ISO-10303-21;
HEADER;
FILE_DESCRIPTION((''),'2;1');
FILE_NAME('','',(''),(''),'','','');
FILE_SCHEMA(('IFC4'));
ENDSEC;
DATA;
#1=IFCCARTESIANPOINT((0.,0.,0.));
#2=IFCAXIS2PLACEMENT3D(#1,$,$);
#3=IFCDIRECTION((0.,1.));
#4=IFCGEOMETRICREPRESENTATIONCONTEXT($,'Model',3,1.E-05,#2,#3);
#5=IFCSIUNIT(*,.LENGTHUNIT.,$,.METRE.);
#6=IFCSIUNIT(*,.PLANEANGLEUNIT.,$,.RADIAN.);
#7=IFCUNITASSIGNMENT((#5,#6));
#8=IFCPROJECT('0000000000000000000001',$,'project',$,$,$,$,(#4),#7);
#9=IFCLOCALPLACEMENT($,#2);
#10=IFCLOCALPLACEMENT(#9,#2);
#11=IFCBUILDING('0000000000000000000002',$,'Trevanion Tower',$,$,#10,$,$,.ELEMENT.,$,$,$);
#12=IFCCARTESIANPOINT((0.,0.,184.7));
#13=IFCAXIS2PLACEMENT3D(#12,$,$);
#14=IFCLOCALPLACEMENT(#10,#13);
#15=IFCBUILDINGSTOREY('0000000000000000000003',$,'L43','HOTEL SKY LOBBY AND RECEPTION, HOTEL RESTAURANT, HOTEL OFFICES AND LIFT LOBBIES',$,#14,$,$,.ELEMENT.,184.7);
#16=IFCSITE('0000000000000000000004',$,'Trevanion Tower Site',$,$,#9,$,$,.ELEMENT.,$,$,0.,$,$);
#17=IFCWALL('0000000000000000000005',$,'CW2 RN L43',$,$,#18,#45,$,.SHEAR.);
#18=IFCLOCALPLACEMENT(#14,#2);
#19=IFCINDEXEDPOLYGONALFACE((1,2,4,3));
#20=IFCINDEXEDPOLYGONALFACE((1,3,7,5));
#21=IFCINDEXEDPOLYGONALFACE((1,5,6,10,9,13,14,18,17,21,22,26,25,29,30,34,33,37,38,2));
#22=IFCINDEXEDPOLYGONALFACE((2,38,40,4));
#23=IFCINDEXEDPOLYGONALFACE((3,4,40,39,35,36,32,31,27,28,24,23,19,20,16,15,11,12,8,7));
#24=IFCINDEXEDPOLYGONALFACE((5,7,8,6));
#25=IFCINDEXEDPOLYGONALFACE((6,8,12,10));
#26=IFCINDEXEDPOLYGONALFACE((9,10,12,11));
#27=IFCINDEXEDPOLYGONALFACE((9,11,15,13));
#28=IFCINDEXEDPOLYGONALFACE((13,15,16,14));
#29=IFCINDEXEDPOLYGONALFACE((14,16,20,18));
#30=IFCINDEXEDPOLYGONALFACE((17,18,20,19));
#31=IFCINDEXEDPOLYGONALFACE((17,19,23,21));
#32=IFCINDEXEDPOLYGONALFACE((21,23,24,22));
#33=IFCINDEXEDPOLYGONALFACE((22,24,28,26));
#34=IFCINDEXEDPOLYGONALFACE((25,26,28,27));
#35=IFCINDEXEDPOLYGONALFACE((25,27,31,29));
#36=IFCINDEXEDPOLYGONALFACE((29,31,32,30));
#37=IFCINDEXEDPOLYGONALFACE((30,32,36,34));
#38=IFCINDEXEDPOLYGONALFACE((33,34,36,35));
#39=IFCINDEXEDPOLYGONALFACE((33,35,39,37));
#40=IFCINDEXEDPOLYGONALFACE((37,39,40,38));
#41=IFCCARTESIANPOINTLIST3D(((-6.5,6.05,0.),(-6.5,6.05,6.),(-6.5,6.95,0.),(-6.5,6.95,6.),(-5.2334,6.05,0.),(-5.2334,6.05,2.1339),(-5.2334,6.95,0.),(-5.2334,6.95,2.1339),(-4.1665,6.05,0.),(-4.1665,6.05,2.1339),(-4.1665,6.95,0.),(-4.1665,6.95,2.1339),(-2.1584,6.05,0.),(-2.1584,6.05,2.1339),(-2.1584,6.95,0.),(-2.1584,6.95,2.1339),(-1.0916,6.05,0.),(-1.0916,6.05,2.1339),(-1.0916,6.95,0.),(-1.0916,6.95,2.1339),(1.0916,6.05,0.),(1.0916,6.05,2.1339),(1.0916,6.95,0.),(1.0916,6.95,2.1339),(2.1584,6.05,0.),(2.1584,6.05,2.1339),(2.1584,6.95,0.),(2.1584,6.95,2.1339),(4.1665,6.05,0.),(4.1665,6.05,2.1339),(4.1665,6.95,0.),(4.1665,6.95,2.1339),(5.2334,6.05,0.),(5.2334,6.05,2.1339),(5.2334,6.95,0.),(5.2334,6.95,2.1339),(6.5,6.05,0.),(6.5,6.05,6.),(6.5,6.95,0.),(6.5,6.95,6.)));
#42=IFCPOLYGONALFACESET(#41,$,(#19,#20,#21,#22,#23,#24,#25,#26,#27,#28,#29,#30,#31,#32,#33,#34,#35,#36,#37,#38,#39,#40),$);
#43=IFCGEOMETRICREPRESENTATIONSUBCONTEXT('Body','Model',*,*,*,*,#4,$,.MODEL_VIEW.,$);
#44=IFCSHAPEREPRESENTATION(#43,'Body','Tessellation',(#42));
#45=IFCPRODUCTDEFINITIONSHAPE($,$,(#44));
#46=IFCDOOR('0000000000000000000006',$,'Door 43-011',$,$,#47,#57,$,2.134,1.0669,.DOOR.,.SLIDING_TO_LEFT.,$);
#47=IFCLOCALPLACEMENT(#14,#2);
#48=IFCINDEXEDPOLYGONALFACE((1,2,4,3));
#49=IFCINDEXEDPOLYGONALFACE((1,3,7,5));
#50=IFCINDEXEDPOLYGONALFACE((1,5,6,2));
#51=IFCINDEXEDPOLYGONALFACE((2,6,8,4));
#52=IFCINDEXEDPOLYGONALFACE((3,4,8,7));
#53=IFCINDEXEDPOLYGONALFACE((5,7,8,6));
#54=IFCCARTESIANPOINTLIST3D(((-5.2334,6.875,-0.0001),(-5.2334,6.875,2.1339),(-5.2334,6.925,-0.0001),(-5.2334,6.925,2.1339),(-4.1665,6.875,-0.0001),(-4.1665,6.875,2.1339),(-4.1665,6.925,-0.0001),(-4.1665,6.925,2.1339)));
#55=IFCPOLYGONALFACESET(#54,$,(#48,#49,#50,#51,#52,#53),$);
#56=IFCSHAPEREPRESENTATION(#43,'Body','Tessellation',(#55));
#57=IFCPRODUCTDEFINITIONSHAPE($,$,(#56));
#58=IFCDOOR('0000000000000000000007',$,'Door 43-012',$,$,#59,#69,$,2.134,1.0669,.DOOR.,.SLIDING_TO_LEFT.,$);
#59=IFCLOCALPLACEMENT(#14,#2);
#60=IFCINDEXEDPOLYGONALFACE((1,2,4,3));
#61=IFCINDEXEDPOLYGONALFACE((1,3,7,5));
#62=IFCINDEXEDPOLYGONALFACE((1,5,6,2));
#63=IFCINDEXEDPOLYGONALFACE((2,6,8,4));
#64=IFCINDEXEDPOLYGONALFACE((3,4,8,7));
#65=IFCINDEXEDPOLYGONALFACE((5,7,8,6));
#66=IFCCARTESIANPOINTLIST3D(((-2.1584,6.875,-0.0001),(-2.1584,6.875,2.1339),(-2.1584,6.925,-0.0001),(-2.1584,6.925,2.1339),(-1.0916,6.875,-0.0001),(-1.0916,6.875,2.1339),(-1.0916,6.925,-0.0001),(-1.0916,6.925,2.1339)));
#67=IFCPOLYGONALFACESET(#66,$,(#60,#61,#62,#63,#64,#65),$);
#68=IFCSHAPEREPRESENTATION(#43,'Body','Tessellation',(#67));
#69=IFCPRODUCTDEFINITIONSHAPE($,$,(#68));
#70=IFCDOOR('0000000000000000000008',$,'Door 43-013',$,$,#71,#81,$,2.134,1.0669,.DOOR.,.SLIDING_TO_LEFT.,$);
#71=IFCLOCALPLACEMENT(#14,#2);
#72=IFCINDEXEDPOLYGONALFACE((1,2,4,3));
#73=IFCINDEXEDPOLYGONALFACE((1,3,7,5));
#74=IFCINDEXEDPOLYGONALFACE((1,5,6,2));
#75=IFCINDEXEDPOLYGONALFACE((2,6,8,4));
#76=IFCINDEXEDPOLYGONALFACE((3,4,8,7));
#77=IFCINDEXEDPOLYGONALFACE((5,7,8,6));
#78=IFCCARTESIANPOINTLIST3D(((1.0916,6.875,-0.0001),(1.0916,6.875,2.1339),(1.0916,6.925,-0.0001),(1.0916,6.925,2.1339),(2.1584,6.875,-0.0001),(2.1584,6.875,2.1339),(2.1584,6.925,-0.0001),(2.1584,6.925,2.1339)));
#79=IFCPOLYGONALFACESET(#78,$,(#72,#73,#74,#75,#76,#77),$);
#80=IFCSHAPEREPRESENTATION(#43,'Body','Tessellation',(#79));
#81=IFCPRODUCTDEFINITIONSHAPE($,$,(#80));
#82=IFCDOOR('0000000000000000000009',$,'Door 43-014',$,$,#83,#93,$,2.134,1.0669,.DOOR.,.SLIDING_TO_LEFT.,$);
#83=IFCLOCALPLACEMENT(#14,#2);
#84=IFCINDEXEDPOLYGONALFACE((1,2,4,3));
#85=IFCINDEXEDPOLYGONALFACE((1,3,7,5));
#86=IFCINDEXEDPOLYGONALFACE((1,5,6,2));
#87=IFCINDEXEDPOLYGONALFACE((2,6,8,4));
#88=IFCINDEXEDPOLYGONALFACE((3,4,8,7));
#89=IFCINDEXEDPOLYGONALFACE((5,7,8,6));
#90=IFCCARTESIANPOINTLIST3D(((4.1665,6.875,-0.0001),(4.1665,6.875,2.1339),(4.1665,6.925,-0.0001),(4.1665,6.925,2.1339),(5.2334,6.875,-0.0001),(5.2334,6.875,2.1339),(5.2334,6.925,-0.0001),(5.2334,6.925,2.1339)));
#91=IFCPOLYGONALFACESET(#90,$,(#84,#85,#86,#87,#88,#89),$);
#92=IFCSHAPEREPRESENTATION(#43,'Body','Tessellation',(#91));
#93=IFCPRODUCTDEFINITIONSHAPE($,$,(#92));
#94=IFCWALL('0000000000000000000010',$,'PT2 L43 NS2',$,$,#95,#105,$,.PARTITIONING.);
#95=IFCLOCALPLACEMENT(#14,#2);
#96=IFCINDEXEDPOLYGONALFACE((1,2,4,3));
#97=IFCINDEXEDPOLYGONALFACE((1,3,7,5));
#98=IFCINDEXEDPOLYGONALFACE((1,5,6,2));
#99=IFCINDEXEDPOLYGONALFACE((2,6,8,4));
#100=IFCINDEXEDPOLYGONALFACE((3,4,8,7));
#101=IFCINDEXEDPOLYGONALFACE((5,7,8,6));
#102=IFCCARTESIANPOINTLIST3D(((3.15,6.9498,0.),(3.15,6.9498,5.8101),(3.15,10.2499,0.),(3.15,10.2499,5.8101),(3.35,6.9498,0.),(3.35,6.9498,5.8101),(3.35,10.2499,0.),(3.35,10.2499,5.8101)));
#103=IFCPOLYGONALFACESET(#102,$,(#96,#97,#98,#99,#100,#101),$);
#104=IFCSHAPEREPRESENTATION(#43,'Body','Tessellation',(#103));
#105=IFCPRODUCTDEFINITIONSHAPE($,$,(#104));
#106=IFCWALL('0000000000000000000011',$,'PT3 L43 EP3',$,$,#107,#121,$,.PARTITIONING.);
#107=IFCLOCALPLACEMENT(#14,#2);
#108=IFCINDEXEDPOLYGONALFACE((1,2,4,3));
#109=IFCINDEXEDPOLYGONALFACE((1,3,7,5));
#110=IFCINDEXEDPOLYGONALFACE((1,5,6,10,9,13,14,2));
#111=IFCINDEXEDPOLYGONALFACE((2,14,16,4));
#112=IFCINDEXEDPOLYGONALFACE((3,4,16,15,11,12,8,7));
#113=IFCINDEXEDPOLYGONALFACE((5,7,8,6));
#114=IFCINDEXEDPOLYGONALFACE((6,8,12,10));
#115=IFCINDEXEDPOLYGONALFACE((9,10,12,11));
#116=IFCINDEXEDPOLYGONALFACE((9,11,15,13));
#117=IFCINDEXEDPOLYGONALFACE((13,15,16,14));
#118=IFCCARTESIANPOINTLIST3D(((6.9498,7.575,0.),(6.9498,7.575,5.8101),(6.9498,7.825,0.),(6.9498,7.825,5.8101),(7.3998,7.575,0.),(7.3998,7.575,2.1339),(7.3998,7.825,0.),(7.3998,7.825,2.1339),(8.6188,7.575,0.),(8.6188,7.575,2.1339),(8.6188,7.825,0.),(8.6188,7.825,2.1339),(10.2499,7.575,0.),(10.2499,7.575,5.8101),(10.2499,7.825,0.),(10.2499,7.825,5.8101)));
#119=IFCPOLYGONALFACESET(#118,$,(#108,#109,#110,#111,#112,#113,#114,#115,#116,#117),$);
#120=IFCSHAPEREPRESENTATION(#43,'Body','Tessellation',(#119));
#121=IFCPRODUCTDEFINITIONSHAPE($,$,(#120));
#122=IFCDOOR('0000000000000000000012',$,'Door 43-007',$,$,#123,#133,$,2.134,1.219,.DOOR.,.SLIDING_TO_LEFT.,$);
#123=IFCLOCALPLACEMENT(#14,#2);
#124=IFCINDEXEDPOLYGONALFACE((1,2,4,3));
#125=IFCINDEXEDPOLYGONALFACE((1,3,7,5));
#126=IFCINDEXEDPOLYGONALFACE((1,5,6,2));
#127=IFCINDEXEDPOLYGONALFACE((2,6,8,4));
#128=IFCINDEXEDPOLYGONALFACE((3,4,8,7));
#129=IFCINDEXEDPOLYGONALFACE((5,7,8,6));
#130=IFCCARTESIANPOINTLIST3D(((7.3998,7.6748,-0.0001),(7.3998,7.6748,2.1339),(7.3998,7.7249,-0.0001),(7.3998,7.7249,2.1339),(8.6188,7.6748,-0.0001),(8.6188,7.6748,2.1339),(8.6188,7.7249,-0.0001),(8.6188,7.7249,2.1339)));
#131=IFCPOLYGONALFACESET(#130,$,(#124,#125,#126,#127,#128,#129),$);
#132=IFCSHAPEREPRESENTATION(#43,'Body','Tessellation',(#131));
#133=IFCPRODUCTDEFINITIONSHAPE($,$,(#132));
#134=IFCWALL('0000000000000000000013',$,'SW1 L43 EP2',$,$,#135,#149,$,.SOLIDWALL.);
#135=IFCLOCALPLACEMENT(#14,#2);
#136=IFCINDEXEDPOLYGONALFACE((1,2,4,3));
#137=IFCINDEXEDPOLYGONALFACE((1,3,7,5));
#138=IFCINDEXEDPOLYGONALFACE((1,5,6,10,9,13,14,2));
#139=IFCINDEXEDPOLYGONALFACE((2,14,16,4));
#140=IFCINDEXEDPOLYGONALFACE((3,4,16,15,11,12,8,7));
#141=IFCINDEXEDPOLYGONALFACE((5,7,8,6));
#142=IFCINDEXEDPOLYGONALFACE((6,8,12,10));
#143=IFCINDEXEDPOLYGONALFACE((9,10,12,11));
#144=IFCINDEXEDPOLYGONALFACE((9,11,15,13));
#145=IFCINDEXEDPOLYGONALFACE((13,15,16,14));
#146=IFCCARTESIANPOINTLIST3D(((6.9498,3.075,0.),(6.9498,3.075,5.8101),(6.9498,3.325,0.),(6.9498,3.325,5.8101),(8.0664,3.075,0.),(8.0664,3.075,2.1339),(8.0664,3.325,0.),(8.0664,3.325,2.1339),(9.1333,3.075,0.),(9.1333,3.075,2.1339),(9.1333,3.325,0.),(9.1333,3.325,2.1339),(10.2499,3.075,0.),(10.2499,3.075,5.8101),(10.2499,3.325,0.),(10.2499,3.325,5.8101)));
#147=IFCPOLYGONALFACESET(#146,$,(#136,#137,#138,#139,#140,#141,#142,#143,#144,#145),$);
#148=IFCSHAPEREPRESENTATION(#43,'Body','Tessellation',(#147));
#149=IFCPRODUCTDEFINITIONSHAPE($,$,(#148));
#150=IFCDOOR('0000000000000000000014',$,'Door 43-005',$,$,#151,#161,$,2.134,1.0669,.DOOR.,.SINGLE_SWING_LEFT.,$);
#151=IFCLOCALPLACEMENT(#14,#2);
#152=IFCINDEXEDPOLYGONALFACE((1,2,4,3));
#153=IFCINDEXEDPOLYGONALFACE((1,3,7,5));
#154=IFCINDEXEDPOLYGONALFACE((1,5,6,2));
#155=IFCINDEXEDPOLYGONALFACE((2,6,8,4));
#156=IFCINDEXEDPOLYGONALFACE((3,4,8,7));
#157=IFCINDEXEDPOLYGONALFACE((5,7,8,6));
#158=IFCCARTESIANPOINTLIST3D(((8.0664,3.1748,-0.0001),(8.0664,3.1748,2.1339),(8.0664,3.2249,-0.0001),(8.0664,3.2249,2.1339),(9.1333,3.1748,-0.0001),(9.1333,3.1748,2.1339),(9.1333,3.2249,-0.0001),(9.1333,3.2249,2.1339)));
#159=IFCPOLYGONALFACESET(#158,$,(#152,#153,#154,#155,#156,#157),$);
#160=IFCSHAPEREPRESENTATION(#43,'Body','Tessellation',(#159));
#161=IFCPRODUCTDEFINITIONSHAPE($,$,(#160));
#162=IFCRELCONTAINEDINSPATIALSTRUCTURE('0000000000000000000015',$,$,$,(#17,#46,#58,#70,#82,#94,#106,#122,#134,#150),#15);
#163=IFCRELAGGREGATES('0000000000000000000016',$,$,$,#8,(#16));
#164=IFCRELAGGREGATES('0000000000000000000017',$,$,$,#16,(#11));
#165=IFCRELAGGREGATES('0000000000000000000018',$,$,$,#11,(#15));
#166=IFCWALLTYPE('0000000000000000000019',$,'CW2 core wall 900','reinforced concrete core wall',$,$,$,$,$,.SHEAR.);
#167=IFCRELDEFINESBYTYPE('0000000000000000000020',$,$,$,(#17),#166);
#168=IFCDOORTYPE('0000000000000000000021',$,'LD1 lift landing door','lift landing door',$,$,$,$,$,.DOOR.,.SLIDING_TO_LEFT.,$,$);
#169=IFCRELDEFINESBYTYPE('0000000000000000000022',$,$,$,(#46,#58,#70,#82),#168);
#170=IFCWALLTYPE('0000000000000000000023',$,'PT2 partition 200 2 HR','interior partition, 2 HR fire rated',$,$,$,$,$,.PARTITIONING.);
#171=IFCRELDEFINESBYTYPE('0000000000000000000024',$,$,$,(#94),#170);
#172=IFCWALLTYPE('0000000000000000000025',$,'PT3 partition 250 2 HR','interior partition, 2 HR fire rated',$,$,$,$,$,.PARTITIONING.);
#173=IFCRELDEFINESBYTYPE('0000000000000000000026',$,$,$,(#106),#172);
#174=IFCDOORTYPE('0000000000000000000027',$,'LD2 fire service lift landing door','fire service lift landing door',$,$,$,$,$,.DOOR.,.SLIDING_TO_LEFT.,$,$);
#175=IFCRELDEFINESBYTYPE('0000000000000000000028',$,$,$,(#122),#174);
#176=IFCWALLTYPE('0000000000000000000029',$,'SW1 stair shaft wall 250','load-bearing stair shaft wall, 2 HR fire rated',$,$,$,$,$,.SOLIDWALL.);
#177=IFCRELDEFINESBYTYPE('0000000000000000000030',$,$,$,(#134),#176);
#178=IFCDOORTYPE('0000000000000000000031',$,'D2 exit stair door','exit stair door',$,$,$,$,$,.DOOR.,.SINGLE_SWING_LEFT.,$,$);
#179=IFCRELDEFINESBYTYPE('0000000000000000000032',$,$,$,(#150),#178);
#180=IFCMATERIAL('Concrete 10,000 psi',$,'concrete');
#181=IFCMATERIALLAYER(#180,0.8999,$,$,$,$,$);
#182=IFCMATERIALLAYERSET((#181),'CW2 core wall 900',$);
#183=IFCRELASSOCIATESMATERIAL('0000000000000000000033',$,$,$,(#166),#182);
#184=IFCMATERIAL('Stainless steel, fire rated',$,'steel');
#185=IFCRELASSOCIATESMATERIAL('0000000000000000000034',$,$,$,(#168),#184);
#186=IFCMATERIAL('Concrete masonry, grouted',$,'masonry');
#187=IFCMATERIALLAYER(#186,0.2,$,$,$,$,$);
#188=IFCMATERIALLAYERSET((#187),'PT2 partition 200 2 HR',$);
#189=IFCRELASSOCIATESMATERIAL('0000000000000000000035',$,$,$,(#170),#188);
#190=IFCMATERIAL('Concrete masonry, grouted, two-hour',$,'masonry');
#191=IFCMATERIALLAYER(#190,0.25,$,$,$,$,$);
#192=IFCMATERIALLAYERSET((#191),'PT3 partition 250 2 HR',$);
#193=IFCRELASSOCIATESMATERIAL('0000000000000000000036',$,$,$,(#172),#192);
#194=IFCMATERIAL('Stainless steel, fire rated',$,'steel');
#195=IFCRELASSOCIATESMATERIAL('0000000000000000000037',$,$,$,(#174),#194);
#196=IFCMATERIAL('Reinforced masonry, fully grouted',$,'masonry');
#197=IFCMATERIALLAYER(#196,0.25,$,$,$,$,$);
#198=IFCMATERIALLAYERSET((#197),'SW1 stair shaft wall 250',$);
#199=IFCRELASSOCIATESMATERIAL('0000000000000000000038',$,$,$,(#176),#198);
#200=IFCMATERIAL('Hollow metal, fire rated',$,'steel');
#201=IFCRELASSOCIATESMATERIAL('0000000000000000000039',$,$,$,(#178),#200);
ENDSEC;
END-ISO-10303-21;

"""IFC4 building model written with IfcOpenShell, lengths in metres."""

from ifc_helpers import new_model, si_unit, direction, frame, frame_2d, origin, place, context, subcontext, project, spatial, rectangle, extrude, material, layer, layer_set, type_object, element, fill, save


model = new_model("IFC4")

# Units and contexts
model_context = context("Model", 3, precision=1e-05, world=origin(), true_north=direction((0.0, 1.0)))
body_context = subcontext(model_context, "Body", "Model", "MODEL_VIEW")
ifc_project = project(units=[si_unit("LENGTHUNIT", "METRE"), si_unit("PLANEANGLEUNIT", "RADIAN")], contexts=[model_context])

# Site, building, storey
site_placement = place(None, origin())
site = spatial("IfcSite", under=ifc_project, at=site_placement, Name="Trevanion Tower Site", CompositionType="ELEMENT", RefElevation=0.0)
building_placement = place(site_placement, origin())
building = spatial("IfcBuilding", under=site, at=building_placement, Name="Trevanion Tower", CompositionType="ELEMENT")
storey_placement = place(building_placement, frame((0.0, 0.0, 184.7)))
storey = spatial("IfcBuildingStorey", under=building, at=storey_placement, Name="L43", Description="HOTEL SKY LOBBY AND RECEPTION, HOTEL RESTAURANT, HOTEL OFFICES AND LIFT LOBBIES", CompositionType="ELEMENT", Elevation=184.7)

# Shared definitions
ifc_material_1 = material(Name="Concrete 10,000 psi", Category="concrete")
ifc_layer_1 = layer(ifc_material_1, 0.8999)
ifc_layer_set_1 = layer_set([ifc_layer_1], Name="CW2 core wall 900")
wall_type_1 = type_object("IfcWallType", Name="CW2 core wall 900", Description="reinforced concrete core wall", PredefinedType="SHEAR", material=ifc_layer_set_1)

# Wall, openings, doors
wall_1_placement = place(storey_placement, frame((6.5, 6.5, 0.0), z_axis=(0.0, 0.0, 1.0), x_axis=(-1.0, 0.0, 0.0)))
wall_1 = element("IfcWall", 1, at=wall_1_placement, inside=storey, type_object=wall_type_1, Name="CW2 RN L43", PredefinedType="SHEAR", context=body_context, shape_type="SweptSolid", body=[
    extrude(rectangle(XDim=13.0, YDim=0.8999, at=frame_2d((6.5, 0.0))), origin(), (0.0, 0.0, 1.0), 6.0),
])
opening_1_placement = place(wall_1_placement, frame((10.6665, 0.0, 0.0)))
opening_1 = element("IfcOpeningElement", 2, at=opening_1_placement, cuts=wall_1, PredefinedType="OPENING", context=body_context, shape_type="SweptSolid", body=[
    extrude(rectangle(XDim=1.0669, YDim=2.134, at=frame_2d((0.5334, 1.0669))), frame((0.0, 0.46, 0.0), z_axis=(0.0, -1.0, 0.0), x_axis=(1.0, 0.0, 0.0)), (0.0, 0.0, 1.0), 0.9199),
])
opening_2_placement = place(wall_1_placement, frame((7.5916, 0.0, 0.0)))
opening_2 = element("IfcOpeningElement", 3, at=opening_2_placement, cuts=wall_1, PredefinedType="OPENING", context=body_context, shape_type="SweptSolid", body=[
    extrude(rectangle(XDim=1.0669, YDim=2.134, at=frame_2d((0.5334, 1.0669))), frame((0.0, 0.46, 0.0), z_axis=(0.0, -1.0, 0.0), x_axis=(1.0, 0.0, 0.0)), (0.0, 0.0, 1.0), 0.9199),
])
opening_3_placement = place(wall_1_placement, frame((4.3416, 0.0, 0.0)))
opening_3 = element("IfcOpeningElement", 4, at=opening_3_placement, cuts=wall_1, PredefinedType="OPENING", context=body_context, shape_type="SweptSolid", body=[
    extrude(rectangle(XDim=1.0669, YDim=2.134, at=frame_2d((0.5334, 1.0669))), frame((0.0, 0.46, 0.0), z_axis=(0.0, -1.0, 0.0), x_axis=(1.0, 0.0, 0.0)), (0.0, 0.0, 1.0), 0.9199),
])
opening_4_placement = place(wall_1_placement, frame((1.2666, 0.0, 0.0)))
opening_4 = element("IfcOpeningElement", 5, at=opening_4_placement, cuts=wall_1, PredefinedType="OPENING", context=body_context, shape_type="SweptSolid", body=[
    extrude(rectangle(XDim=1.0669, YDim=2.134, at=frame_2d((0.5334, 1.0669))), frame((0.0, 0.46, 0.0), z_axis=(0.0, -1.0, 0.0), x_axis=(1.0, 0.0, 0.0)), (0.0, 0.0, 1.0), 0.9199),
])
ifc_material_2 = material(Name="Stainless steel, fire rated", Category="steel")
door_type_1 = type_object("IfcDoorType", Name="LD1 lift landing door", Description="lift landing door", OperationType="SLIDING_TO_LEFT", PredefinedType="DOOR", material=ifc_material_2)
door_1_placement = place(opening_1_placement, origin())
door_1 = element("IfcDoor", 6, at=door_1_placement, inside=storey, type_object=door_type_1, Name="Door 43-011", OperationType="SLIDING_TO_LEFT", OverallHeight=2.134, OverallWidth=1.0669, PredefinedType="DOOR", context=body_context, shape_type="SweptSolid", body=[
    extrude(rectangle(XDim=1.0669, YDim=2.134, at=frame_2d((0.5334, 1.0669))), frame((0.0, -0.375, 0.0), z_axis=(0.0, -1.0, 0.0), x_axis=(1.0, 0.0, 0.0)), (0.0, 0.0, 1.0), 0.05),
])
fill(opening_1, door_1)
door_2_placement = place(opening_2_placement, origin())
door_2 = element("IfcDoor", 7, at=door_2_placement, inside=storey, type_object=door_type_1, Name="Door 43-012", OperationType="SLIDING_TO_LEFT", OverallHeight=2.134, OverallWidth=1.0669, PredefinedType="DOOR", context=body_context, shape_type="SweptSolid", body=[
    extrude(rectangle(XDim=1.0669, YDim=2.134, at=frame_2d((0.5334, 1.0669))), frame((0.0, -0.375, 0.0), z_axis=(0.0, -1.0, 0.0), x_axis=(1.0, 0.0, 0.0)), (0.0, 0.0, 1.0), 0.05),
])
fill(opening_2, door_2)
door_3_placement = place(opening_3_placement, origin())
door_3 = element("IfcDoor", 8, at=door_3_placement, inside=storey, type_object=door_type_1, Name="Door 43-013", OperationType="SLIDING_TO_LEFT", OverallHeight=2.134, OverallWidth=1.0669, PredefinedType="DOOR", context=body_context, shape_type="SweptSolid", body=[
    extrude(rectangle(XDim=1.0669, YDim=2.134, at=frame_2d((0.5334, 1.0669))), frame((0.0, -0.375, 0.0), z_axis=(0.0, -1.0, 0.0), x_axis=(1.0, 0.0, 0.0)), (0.0, 0.0, 1.0), 0.05),
])
fill(opening_3, door_3)
door_4_placement = place(opening_4_placement, origin())
door_4 = element("IfcDoor", 9, at=door_4_placement, inside=storey, type_object=door_type_1, Name="Door 43-014", OperationType="SLIDING_TO_LEFT", OverallHeight=2.134, OverallWidth=1.0669, PredefinedType="DOOR", context=body_context, shape_type="SweptSolid", body=[
    extrude(rectangle(XDim=1.0669, YDim=2.134, at=frame_2d((0.5334, 1.0669))), frame((0.0, -0.375, 0.0), z_axis=(0.0, -1.0, 0.0), x_axis=(1.0, 0.0, 0.0)), (0.0, 0.0, 1.0), 0.05),
])
fill(opening_4, door_4)

# Wall
ifc_material_3 = material(Name="Concrete masonry, grouted", Category="masonry")
ifc_layer_2 = layer(ifc_material_3, 0.2)
ifc_layer_set_2 = layer_set([ifc_layer_2], Name="PT2 partition 200 2 HR")
wall_type_2 = type_object("IfcWallType", Name="PT2 partition 200 2 HR", Description="interior partition, 2 HR fire rated", PredefinedType="PARTITIONING", material=ifc_layer_set_2)
wall_2_placement = place(storey_placement, frame((3.25, 6.95, 0.0), z_axis=(0.0, 0.0, 1.0), x_axis=(0.0, 1.0, 0.0)))
element("IfcWall", 10, at=wall_2_placement, inside=storey, type_object=wall_type_2, Name="PT2 L43 NS2", PredefinedType="PARTITIONING", context=body_context, shape_type="SweptSolid", body=[
    extrude(rectangle(XDim=3.3, YDim=0.2, at=frame_2d((1.6499, 0.0))), origin(), (0.0, 0.0, 1.0), 5.8101),
])

# Walls, openings, doors
ifc_material_4 = material(Name="Concrete masonry, grouted, two-hour", Category="masonry")
ifc_layer_3 = layer(ifc_material_4, 0.25)
ifc_layer_set_3 = layer_set([ifc_layer_3], Name="PT3 partition 250 2 HR")
wall_type_3 = type_object("IfcWallType", Name="PT3 partition 250 2 HR", Description="interior partition, 2 HR fire rated", PredefinedType="PARTITIONING", material=ifc_layer_set_3)
wall_3_placement = place(storey_placement, frame((6.95, 7.7, 0.0), z_axis=(0.0, 0.0, 1.0), x_axis=(1.0, 0.0, 0.0)))
wall_3 = element("IfcWall", 11, at=wall_3_placement, inside=storey, type_object=wall_type_3, Name="PT3 L43 EP3", PredefinedType="PARTITIONING", context=body_context, shape_type="SweptSolid", body=[
    extrude(rectangle(XDim=3.3, YDim=0.25, at=frame_2d((1.6499, 0.0))), origin(), (0.0, 0.0, 1.0), 5.8101),
])
opening_5_placement = place(wall_3_placement, frame((0.45, 0.0, 0.0)))
opening_5 = element("IfcOpeningElement", 12, at=opening_5_placement, cuts=wall_3, PredefinedType="OPENING", context=body_context, shape_type="SweptSolid", body=[
    extrude(rectangle(XDim=1.219, YDim=2.134, at=frame_2d((0.6094, 1.0669))), frame((0.0, 0.135, 0.0), z_axis=(0.0, -1.0, 0.0), x_axis=(1.0, 0.0, 0.0)), (0.0, 0.0, 1.0), 0.27),
])
ifc_material_5 = material(Name="Stainless steel, fire rated", Category="steel")
door_type_2 = type_object("IfcDoorType", Name="LD2 fire service lift landing door", Description="fire service lift landing door", OperationType="SLIDING_TO_LEFT", PredefinedType="DOOR", material=ifc_material_5)
door_5_placement = place(opening_5_placement, origin())
door_5 = element("IfcDoor", 13, at=door_5_placement, inside=storey, type_object=door_type_2, Name="Door 43-007", OperationType="SLIDING_TO_LEFT", OverallHeight=2.134, OverallWidth=1.219, PredefinedType="DOOR", context=body_context, shape_type="SweptSolid", body=[
    extrude(rectangle(XDim=1.219, YDim=2.134, at=frame_2d((0.6094, 1.0669))), frame((0.0, 0.0249, 0.0), z_axis=(0.0, -1.0, 0.0), x_axis=(1.0, 0.0, 0.0)), (0.0, 0.0, 1.0), 0.05),
])
fill(opening_5, door_5)
ifc_material_6 = material(Name="Reinforced masonry, fully grouted", Category="masonry")
ifc_layer_4 = layer(ifc_material_6, 0.25)
ifc_layer_set_4 = layer_set([ifc_layer_4], Name="SW1 stair shaft wall 250")
wall_type_4 = type_object("IfcWallType", Name="SW1 stair shaft wall 250", Description="load-bearing stair shaft wall, 2 HR fire rated", PredefinedType="SOLIDWALL", material=ifc_layer_set_4)
wall_4_placement = place(storey_placement, frame((6.95, 3.2, 0.0), z_axis=(0.0, 0.0, 1.0), x_axis=(1.0, 0.0, 0.0)))
wall_4 = element("IfcWall", 14, at=wall_4_placement, inside=storey, type_object=wall_type_4, Name="SW1 L43 EP2", PredefinedType="SOLIDWALL", context=body_context, shape_type="SweptSolid", body=[
    extrude(rectangle(XDim=3.3, YDim=0.25, at=frame_2d((1.6499, 0.0))), origin(), (0.0, 0.0, 1.0), 5.8101),
])
opening_6_placement = place(wall_4_placement, frame((1.1165, 0.0, 0.0)))
opening_6 = element("IfcOpeningElement", 15, at=opening_6_placement, cuts=wall_4, PredefinedType="OPENING", context=body_context, shape_type="SweptSolid", body=[
    extrude(rectangle(XDim=1.0669, YDim=2.134, at=frame_2d((0.5334, 1.0669))), frame((0.0, 0.135, 0.0), z_axis=(0.0, -1.0, 0.0), x_axis=(1.0, 0.0, 0.0)), (0.0, 0.0, 1.0), 0.27),
])
ifc_material_7 = material(Name="Hollow metal, fire rated", Category="steel")
door_type_3 = type_object("IfcDoorType", Name="D2 exit stair door", Description="exit stair door", OperationType="SINGLE_SWING_LEFT", PredefinedType="DOOR", material=ifc_material_7)
door_6_placement = place(opening_6_placement, origin())
door_6 = element("IfcDoor", 16, at=door_6_placement, inside=storey, type_object=door_type_3, Name="Door 43-005", OperationType="SINGLE_SWING_LEFT", OverallHeight=2.134, OverallWidth=1.0669, PredefinedType="DOOR", context=body_context, shape_type="SweptSolid", body=[
    extrude(rectangle(XDim=1.0669, YDim=2.134, at=frame_2d((0.5334, 1.0669))), frame((0.0, 0.0249, 0.0), z_axis=(0.0, -1.0, 0.0), x_axis=(1.0, 0.0, 0.0)), (0.0, 0.0, 1.0), 0.05),
])
fill(opening_6, door_6)

save(model, "model.ifc")
